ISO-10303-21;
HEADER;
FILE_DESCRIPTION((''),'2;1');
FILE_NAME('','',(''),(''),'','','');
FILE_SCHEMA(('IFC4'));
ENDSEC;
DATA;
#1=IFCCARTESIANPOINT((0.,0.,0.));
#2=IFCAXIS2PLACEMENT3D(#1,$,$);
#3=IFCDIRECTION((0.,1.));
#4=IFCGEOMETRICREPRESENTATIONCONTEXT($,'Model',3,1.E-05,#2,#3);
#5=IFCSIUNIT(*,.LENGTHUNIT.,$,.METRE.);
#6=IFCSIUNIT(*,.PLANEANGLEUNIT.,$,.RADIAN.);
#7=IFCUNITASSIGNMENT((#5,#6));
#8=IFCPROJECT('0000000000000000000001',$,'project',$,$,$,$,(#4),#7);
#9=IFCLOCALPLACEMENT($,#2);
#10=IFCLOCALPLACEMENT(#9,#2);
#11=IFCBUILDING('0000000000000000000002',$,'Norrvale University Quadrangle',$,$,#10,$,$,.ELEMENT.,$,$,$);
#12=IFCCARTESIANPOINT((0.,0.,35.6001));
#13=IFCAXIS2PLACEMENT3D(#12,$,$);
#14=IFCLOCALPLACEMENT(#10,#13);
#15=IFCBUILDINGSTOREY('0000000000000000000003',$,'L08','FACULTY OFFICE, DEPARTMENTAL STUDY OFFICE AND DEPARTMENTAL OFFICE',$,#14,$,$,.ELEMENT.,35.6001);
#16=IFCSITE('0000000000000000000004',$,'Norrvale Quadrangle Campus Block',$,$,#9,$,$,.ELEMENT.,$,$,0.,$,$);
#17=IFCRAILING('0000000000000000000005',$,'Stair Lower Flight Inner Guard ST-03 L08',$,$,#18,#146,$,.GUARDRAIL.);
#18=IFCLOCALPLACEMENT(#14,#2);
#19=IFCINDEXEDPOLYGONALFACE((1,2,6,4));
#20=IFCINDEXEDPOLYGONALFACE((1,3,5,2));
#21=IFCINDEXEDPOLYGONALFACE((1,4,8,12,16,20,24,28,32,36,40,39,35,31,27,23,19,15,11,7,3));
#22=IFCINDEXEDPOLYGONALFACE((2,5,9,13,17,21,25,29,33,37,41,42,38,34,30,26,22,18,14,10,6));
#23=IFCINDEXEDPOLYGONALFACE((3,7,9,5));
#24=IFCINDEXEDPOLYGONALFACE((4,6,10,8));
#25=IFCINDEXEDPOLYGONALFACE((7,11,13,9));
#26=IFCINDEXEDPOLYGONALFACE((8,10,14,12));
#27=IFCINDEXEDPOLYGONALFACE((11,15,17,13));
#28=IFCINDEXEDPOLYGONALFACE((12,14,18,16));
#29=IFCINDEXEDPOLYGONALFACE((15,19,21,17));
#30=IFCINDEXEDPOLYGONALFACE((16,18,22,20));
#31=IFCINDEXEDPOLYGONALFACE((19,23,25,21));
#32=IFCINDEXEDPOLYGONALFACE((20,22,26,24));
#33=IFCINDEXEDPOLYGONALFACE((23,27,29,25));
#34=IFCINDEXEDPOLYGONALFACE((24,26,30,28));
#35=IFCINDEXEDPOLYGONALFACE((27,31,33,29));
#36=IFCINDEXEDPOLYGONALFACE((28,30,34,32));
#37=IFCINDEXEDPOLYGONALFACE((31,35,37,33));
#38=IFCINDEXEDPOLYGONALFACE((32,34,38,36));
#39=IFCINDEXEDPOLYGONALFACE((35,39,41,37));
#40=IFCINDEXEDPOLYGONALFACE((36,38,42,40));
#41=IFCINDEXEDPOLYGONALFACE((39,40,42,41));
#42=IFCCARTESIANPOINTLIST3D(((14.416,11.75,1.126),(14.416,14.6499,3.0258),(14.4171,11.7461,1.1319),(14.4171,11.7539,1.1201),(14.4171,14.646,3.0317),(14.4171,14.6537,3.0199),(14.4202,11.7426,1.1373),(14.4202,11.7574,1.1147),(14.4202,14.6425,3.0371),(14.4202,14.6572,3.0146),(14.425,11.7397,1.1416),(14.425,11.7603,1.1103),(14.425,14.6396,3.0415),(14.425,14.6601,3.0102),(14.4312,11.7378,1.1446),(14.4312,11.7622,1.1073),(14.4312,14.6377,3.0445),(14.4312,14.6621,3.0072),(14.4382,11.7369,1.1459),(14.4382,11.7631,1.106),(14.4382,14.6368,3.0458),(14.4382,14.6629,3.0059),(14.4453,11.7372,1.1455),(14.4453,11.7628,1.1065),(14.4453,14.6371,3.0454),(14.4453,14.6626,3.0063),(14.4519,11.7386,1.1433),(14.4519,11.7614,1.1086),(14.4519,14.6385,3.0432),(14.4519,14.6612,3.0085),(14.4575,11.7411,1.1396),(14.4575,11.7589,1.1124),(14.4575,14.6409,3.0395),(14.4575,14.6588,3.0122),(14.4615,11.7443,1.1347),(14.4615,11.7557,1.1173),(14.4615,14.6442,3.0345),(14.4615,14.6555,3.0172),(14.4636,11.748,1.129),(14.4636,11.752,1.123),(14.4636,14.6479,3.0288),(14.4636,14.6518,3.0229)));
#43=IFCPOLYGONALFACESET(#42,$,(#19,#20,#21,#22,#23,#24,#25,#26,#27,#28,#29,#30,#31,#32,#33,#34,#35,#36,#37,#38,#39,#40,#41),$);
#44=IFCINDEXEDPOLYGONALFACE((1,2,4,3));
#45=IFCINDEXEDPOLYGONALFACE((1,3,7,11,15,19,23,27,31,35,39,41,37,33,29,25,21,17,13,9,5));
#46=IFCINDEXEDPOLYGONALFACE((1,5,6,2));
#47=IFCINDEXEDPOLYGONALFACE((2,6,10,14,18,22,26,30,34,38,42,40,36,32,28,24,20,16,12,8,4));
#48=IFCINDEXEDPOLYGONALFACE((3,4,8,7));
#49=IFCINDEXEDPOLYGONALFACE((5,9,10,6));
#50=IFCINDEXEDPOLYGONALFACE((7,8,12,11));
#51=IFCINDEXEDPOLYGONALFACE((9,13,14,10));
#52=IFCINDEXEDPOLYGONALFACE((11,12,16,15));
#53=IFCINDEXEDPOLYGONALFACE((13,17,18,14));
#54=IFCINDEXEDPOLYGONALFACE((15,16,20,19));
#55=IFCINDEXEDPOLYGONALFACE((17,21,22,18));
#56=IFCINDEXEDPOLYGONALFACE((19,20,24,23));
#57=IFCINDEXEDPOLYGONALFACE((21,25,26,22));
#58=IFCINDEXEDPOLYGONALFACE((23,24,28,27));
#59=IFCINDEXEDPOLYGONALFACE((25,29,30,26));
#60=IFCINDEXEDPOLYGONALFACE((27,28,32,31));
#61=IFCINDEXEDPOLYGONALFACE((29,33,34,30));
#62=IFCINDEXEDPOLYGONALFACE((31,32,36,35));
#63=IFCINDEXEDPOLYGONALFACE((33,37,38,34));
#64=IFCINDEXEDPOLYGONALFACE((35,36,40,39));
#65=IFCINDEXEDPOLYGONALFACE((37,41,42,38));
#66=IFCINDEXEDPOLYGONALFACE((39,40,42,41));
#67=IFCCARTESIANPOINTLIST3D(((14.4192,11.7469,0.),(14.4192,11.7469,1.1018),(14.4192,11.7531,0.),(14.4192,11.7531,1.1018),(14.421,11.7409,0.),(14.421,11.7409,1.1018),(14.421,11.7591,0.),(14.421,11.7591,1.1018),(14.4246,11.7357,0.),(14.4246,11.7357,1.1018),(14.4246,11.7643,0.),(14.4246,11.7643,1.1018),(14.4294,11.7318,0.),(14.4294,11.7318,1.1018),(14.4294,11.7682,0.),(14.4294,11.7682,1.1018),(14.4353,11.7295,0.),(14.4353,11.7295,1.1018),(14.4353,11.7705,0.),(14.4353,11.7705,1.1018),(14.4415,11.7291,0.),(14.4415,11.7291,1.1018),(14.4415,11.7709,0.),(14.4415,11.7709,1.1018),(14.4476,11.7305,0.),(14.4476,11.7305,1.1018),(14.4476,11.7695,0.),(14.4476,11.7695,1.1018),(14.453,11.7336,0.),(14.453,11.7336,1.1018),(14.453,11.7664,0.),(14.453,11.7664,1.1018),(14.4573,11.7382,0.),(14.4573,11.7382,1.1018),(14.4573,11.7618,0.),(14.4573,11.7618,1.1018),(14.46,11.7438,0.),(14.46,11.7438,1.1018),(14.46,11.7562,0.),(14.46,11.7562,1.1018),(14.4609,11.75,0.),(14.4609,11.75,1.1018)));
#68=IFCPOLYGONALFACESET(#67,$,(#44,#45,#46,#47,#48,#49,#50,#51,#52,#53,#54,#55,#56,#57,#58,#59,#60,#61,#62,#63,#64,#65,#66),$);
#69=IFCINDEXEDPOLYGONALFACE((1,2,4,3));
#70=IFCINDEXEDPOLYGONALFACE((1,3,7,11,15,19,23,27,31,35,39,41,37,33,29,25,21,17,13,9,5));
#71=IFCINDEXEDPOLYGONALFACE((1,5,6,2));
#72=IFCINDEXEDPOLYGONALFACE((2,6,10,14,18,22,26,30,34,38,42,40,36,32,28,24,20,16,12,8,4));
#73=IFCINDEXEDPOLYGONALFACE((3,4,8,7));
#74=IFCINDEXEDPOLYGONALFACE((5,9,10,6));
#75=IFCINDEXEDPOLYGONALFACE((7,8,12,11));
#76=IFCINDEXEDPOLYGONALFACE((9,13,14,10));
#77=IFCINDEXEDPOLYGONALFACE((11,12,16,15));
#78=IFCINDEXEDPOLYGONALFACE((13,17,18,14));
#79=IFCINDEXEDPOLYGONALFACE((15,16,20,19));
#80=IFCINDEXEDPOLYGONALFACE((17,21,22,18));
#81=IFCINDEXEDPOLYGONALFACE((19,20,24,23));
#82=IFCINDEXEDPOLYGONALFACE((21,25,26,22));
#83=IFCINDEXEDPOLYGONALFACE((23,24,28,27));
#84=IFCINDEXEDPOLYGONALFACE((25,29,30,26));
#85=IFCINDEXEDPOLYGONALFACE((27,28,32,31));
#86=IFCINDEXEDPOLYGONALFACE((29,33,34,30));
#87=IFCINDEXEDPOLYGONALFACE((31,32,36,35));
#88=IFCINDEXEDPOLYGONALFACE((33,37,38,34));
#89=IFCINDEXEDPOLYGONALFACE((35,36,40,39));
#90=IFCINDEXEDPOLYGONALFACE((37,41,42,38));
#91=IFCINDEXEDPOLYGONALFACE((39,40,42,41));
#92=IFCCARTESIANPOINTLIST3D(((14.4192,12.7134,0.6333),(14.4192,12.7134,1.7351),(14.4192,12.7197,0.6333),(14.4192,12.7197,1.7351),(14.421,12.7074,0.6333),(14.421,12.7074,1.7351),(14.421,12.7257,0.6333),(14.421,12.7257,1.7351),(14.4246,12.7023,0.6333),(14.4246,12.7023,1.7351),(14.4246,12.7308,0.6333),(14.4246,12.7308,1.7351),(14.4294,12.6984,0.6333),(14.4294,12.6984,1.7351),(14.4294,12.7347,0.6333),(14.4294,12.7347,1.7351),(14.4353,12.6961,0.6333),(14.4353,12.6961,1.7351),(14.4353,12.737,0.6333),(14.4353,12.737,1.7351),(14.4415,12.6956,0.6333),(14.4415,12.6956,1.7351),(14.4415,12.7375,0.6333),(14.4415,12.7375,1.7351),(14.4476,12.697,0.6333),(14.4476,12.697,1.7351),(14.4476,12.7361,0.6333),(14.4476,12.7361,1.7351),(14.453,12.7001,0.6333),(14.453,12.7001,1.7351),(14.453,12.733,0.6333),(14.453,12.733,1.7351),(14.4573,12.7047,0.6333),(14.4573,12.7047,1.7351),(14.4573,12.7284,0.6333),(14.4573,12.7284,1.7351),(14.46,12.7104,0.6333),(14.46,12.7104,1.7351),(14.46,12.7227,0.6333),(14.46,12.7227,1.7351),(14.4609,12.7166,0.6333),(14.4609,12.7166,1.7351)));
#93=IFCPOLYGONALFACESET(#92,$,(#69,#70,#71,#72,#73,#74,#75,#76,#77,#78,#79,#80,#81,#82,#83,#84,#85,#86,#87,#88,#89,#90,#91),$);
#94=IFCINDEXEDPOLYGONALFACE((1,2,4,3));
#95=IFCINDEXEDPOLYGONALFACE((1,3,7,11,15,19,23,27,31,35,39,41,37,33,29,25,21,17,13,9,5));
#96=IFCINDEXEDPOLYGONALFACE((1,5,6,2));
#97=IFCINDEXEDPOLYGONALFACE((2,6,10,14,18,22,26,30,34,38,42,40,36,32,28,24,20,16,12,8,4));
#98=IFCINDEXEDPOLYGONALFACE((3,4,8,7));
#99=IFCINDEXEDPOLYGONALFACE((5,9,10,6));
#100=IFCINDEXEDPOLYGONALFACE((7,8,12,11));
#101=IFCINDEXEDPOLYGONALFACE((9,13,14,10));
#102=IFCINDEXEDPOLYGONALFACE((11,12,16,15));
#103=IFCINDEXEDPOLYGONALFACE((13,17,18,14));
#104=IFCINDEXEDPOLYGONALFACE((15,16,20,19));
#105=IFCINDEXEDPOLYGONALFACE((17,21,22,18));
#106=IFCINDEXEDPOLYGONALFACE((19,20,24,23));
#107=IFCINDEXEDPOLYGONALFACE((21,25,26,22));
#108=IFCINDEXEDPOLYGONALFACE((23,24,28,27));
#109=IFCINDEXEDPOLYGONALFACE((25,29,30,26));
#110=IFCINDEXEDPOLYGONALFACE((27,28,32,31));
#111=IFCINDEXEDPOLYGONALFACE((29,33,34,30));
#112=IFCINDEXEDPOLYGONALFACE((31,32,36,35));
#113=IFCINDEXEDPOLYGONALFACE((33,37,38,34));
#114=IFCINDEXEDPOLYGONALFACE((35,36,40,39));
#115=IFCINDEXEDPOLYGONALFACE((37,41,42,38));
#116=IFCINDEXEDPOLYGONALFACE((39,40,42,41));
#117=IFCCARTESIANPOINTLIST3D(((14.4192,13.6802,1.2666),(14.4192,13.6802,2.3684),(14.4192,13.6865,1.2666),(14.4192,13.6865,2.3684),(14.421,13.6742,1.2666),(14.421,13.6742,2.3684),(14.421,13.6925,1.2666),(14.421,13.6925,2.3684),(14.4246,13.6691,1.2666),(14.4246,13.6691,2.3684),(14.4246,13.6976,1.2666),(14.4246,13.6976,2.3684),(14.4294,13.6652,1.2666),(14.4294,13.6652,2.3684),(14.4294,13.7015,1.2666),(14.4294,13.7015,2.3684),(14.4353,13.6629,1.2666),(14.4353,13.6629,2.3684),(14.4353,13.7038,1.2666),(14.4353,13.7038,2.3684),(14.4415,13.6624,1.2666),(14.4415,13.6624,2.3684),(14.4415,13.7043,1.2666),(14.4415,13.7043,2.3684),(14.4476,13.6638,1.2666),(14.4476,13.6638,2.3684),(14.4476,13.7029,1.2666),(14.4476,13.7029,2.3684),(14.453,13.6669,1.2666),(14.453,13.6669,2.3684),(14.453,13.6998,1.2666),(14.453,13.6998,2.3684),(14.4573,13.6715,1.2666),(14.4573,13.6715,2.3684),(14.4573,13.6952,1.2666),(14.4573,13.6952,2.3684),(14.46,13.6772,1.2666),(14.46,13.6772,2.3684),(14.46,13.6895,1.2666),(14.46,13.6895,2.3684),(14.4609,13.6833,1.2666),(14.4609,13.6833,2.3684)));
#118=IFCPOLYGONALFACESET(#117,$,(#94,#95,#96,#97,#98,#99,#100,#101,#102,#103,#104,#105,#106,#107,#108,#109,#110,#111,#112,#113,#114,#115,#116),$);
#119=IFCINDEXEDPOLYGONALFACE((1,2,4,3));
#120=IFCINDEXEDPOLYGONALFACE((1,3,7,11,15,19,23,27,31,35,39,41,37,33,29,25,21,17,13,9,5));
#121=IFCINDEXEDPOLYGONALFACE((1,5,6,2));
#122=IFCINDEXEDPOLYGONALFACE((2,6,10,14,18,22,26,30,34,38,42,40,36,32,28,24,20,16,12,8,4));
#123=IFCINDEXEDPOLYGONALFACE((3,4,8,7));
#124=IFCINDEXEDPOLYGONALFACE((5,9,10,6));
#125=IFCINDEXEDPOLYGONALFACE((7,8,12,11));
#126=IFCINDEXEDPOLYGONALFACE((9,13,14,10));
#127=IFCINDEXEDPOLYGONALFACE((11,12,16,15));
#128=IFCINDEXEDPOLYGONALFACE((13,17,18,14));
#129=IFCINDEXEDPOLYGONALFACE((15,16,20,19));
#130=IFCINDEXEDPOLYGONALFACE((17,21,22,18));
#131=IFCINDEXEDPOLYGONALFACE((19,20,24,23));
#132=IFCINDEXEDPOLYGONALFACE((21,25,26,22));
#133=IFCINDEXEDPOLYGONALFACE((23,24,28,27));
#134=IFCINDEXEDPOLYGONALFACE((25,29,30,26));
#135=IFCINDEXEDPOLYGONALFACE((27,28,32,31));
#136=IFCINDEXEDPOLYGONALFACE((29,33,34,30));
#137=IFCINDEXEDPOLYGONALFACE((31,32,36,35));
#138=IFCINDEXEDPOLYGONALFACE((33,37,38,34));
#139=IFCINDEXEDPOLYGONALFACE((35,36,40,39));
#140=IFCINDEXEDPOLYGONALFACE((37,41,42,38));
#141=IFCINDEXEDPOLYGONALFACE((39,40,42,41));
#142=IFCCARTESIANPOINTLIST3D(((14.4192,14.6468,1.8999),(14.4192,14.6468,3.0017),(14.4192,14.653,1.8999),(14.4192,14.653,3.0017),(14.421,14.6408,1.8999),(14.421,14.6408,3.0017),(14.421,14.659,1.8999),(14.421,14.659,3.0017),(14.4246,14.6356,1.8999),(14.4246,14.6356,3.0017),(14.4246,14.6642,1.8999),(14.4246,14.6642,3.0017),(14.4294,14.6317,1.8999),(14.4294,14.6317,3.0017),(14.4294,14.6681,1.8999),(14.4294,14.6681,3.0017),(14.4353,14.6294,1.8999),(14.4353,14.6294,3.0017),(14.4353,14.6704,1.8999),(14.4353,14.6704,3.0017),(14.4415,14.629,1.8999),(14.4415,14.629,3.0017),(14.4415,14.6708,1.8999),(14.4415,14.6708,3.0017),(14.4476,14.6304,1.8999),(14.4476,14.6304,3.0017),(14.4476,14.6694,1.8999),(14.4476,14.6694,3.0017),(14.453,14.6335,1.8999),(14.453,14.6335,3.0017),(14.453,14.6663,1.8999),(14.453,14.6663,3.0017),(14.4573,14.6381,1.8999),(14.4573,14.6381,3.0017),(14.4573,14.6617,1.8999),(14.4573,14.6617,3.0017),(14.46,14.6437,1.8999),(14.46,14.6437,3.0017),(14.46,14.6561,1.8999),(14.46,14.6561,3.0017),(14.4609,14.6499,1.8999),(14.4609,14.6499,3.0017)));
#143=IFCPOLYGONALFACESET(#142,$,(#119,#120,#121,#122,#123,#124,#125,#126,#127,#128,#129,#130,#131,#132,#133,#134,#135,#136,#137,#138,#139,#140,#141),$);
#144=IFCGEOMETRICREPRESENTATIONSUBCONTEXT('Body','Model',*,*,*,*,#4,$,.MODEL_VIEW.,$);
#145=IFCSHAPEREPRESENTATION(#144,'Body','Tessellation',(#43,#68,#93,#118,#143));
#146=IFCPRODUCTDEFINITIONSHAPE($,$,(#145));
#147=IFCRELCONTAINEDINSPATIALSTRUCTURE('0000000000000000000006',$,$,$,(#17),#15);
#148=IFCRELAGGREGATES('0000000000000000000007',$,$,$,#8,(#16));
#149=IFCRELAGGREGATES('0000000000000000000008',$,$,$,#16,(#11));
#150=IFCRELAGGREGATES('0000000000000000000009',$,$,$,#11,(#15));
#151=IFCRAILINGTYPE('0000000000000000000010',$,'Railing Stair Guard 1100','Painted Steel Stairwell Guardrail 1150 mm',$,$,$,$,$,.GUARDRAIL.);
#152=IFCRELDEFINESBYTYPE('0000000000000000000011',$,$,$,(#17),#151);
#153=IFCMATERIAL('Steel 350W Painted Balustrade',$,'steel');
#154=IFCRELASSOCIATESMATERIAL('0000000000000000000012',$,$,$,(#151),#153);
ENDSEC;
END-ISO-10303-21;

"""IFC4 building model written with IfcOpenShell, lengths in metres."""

from ifc_helpers import new_model, si_unit, direction, frame, origin, origin_2d, place, context, subcontext, project, spatial, circle, extrude, material, type_object, element, save


model = new_model("IFC4")

# Units and contexts
model_context = context("Model", 3, precision=1e-05, world=origin(), true_north=direction((0.0, 1.0)))
body_context = subcontext(model_context, "Body", "Model", "MODEL_VIEW")
ifc_project = project(units=[si_unit("LENGTHUNIT", "METRE"), si_unit("PLANEANGLEUNIT", "RADIAN")], contexts=[model_context])

# Site, building, storey
site_placement = place(None, origin())
site = spatial("IfcSite", under=ifc_project, at=site_placement, Name="Norrvale Quadrangle Campus Block", CompositionType="ELEMENT", RefElevation=0.0)
building_placement = place(site_placement, origin())
building = spatial("IfcBuilding", under=site, at=building_placement, Name="Norrvale University Quadrangle", CompositionType="ELEMENT")
storey_placement = place(building_placement, frame((0.0, 0.0, 35.6001)))
storey = spatial("IfcBuildingStorey", under=building, at=storey_placement, Name="L08", Description="FACULTY OFFICE, DEPARTMENTAL STUDY OFFICE AND DEPARTMENTAL OFFICE", CompositionType="ELEMENT", Elevation=35.6001)

# Railing
ifc_material_1 = material(Name="Steel 350W Painted Balustrade", Category="steel")
railing_type_1 = type_object("IfcRailingType", Name="Railing Stair Guard 1100", Description="Painted Steel Stairwell Guardrail 1150 mm", PredefinedType="GUARDRAIL", material=ifc_material_1)
railing_1_placement = place(storey_placement, frame((14.4399, 11.75, 0.0)))
element("IfcRailing", 1, at=railing_1_placement, inside=storey, type_object=railing_type_1, Name="Stair Lower Flight Inner Guard ST-03 L08", PredefinedType="GUARDRAIL", context=body_context, shape_type="SweptSolid", body=[
    extrude(circle(Radius=0.0239, at=origin_2d()), frame((0.0, 0.0, 1.126), z_axis=(0.0, 0.836466, 0.548019), x_axis=(-1.0, 0.0, 0.0)), (0.0, 0.0, 1.0), 3.4668),
    extrude(circle(Radius=0.021, at=origin_2d()), origin(), (0.0, 0.0, 1.0), 1.1018),
    extrude(circle(Radius=0.021, at=origin_2d()), frame((0.0, 0.9666, 0.6333)), (0.0, 0.0, 1.0), 1.1018),
    extrude(circle(Radius=0.021, at=origin_2d()), frame((0.0, 1.9333, 1.2666)), (0.0, 0.0, 1.0), 1.1018),
    extrude(circle(Radius=0.021, at=origin_2d()), frame((0.0, 2.8999, 1.8999)), (0.0, 0.0, 1.0), 1.1018),
])

save(model, "model.ifc")
